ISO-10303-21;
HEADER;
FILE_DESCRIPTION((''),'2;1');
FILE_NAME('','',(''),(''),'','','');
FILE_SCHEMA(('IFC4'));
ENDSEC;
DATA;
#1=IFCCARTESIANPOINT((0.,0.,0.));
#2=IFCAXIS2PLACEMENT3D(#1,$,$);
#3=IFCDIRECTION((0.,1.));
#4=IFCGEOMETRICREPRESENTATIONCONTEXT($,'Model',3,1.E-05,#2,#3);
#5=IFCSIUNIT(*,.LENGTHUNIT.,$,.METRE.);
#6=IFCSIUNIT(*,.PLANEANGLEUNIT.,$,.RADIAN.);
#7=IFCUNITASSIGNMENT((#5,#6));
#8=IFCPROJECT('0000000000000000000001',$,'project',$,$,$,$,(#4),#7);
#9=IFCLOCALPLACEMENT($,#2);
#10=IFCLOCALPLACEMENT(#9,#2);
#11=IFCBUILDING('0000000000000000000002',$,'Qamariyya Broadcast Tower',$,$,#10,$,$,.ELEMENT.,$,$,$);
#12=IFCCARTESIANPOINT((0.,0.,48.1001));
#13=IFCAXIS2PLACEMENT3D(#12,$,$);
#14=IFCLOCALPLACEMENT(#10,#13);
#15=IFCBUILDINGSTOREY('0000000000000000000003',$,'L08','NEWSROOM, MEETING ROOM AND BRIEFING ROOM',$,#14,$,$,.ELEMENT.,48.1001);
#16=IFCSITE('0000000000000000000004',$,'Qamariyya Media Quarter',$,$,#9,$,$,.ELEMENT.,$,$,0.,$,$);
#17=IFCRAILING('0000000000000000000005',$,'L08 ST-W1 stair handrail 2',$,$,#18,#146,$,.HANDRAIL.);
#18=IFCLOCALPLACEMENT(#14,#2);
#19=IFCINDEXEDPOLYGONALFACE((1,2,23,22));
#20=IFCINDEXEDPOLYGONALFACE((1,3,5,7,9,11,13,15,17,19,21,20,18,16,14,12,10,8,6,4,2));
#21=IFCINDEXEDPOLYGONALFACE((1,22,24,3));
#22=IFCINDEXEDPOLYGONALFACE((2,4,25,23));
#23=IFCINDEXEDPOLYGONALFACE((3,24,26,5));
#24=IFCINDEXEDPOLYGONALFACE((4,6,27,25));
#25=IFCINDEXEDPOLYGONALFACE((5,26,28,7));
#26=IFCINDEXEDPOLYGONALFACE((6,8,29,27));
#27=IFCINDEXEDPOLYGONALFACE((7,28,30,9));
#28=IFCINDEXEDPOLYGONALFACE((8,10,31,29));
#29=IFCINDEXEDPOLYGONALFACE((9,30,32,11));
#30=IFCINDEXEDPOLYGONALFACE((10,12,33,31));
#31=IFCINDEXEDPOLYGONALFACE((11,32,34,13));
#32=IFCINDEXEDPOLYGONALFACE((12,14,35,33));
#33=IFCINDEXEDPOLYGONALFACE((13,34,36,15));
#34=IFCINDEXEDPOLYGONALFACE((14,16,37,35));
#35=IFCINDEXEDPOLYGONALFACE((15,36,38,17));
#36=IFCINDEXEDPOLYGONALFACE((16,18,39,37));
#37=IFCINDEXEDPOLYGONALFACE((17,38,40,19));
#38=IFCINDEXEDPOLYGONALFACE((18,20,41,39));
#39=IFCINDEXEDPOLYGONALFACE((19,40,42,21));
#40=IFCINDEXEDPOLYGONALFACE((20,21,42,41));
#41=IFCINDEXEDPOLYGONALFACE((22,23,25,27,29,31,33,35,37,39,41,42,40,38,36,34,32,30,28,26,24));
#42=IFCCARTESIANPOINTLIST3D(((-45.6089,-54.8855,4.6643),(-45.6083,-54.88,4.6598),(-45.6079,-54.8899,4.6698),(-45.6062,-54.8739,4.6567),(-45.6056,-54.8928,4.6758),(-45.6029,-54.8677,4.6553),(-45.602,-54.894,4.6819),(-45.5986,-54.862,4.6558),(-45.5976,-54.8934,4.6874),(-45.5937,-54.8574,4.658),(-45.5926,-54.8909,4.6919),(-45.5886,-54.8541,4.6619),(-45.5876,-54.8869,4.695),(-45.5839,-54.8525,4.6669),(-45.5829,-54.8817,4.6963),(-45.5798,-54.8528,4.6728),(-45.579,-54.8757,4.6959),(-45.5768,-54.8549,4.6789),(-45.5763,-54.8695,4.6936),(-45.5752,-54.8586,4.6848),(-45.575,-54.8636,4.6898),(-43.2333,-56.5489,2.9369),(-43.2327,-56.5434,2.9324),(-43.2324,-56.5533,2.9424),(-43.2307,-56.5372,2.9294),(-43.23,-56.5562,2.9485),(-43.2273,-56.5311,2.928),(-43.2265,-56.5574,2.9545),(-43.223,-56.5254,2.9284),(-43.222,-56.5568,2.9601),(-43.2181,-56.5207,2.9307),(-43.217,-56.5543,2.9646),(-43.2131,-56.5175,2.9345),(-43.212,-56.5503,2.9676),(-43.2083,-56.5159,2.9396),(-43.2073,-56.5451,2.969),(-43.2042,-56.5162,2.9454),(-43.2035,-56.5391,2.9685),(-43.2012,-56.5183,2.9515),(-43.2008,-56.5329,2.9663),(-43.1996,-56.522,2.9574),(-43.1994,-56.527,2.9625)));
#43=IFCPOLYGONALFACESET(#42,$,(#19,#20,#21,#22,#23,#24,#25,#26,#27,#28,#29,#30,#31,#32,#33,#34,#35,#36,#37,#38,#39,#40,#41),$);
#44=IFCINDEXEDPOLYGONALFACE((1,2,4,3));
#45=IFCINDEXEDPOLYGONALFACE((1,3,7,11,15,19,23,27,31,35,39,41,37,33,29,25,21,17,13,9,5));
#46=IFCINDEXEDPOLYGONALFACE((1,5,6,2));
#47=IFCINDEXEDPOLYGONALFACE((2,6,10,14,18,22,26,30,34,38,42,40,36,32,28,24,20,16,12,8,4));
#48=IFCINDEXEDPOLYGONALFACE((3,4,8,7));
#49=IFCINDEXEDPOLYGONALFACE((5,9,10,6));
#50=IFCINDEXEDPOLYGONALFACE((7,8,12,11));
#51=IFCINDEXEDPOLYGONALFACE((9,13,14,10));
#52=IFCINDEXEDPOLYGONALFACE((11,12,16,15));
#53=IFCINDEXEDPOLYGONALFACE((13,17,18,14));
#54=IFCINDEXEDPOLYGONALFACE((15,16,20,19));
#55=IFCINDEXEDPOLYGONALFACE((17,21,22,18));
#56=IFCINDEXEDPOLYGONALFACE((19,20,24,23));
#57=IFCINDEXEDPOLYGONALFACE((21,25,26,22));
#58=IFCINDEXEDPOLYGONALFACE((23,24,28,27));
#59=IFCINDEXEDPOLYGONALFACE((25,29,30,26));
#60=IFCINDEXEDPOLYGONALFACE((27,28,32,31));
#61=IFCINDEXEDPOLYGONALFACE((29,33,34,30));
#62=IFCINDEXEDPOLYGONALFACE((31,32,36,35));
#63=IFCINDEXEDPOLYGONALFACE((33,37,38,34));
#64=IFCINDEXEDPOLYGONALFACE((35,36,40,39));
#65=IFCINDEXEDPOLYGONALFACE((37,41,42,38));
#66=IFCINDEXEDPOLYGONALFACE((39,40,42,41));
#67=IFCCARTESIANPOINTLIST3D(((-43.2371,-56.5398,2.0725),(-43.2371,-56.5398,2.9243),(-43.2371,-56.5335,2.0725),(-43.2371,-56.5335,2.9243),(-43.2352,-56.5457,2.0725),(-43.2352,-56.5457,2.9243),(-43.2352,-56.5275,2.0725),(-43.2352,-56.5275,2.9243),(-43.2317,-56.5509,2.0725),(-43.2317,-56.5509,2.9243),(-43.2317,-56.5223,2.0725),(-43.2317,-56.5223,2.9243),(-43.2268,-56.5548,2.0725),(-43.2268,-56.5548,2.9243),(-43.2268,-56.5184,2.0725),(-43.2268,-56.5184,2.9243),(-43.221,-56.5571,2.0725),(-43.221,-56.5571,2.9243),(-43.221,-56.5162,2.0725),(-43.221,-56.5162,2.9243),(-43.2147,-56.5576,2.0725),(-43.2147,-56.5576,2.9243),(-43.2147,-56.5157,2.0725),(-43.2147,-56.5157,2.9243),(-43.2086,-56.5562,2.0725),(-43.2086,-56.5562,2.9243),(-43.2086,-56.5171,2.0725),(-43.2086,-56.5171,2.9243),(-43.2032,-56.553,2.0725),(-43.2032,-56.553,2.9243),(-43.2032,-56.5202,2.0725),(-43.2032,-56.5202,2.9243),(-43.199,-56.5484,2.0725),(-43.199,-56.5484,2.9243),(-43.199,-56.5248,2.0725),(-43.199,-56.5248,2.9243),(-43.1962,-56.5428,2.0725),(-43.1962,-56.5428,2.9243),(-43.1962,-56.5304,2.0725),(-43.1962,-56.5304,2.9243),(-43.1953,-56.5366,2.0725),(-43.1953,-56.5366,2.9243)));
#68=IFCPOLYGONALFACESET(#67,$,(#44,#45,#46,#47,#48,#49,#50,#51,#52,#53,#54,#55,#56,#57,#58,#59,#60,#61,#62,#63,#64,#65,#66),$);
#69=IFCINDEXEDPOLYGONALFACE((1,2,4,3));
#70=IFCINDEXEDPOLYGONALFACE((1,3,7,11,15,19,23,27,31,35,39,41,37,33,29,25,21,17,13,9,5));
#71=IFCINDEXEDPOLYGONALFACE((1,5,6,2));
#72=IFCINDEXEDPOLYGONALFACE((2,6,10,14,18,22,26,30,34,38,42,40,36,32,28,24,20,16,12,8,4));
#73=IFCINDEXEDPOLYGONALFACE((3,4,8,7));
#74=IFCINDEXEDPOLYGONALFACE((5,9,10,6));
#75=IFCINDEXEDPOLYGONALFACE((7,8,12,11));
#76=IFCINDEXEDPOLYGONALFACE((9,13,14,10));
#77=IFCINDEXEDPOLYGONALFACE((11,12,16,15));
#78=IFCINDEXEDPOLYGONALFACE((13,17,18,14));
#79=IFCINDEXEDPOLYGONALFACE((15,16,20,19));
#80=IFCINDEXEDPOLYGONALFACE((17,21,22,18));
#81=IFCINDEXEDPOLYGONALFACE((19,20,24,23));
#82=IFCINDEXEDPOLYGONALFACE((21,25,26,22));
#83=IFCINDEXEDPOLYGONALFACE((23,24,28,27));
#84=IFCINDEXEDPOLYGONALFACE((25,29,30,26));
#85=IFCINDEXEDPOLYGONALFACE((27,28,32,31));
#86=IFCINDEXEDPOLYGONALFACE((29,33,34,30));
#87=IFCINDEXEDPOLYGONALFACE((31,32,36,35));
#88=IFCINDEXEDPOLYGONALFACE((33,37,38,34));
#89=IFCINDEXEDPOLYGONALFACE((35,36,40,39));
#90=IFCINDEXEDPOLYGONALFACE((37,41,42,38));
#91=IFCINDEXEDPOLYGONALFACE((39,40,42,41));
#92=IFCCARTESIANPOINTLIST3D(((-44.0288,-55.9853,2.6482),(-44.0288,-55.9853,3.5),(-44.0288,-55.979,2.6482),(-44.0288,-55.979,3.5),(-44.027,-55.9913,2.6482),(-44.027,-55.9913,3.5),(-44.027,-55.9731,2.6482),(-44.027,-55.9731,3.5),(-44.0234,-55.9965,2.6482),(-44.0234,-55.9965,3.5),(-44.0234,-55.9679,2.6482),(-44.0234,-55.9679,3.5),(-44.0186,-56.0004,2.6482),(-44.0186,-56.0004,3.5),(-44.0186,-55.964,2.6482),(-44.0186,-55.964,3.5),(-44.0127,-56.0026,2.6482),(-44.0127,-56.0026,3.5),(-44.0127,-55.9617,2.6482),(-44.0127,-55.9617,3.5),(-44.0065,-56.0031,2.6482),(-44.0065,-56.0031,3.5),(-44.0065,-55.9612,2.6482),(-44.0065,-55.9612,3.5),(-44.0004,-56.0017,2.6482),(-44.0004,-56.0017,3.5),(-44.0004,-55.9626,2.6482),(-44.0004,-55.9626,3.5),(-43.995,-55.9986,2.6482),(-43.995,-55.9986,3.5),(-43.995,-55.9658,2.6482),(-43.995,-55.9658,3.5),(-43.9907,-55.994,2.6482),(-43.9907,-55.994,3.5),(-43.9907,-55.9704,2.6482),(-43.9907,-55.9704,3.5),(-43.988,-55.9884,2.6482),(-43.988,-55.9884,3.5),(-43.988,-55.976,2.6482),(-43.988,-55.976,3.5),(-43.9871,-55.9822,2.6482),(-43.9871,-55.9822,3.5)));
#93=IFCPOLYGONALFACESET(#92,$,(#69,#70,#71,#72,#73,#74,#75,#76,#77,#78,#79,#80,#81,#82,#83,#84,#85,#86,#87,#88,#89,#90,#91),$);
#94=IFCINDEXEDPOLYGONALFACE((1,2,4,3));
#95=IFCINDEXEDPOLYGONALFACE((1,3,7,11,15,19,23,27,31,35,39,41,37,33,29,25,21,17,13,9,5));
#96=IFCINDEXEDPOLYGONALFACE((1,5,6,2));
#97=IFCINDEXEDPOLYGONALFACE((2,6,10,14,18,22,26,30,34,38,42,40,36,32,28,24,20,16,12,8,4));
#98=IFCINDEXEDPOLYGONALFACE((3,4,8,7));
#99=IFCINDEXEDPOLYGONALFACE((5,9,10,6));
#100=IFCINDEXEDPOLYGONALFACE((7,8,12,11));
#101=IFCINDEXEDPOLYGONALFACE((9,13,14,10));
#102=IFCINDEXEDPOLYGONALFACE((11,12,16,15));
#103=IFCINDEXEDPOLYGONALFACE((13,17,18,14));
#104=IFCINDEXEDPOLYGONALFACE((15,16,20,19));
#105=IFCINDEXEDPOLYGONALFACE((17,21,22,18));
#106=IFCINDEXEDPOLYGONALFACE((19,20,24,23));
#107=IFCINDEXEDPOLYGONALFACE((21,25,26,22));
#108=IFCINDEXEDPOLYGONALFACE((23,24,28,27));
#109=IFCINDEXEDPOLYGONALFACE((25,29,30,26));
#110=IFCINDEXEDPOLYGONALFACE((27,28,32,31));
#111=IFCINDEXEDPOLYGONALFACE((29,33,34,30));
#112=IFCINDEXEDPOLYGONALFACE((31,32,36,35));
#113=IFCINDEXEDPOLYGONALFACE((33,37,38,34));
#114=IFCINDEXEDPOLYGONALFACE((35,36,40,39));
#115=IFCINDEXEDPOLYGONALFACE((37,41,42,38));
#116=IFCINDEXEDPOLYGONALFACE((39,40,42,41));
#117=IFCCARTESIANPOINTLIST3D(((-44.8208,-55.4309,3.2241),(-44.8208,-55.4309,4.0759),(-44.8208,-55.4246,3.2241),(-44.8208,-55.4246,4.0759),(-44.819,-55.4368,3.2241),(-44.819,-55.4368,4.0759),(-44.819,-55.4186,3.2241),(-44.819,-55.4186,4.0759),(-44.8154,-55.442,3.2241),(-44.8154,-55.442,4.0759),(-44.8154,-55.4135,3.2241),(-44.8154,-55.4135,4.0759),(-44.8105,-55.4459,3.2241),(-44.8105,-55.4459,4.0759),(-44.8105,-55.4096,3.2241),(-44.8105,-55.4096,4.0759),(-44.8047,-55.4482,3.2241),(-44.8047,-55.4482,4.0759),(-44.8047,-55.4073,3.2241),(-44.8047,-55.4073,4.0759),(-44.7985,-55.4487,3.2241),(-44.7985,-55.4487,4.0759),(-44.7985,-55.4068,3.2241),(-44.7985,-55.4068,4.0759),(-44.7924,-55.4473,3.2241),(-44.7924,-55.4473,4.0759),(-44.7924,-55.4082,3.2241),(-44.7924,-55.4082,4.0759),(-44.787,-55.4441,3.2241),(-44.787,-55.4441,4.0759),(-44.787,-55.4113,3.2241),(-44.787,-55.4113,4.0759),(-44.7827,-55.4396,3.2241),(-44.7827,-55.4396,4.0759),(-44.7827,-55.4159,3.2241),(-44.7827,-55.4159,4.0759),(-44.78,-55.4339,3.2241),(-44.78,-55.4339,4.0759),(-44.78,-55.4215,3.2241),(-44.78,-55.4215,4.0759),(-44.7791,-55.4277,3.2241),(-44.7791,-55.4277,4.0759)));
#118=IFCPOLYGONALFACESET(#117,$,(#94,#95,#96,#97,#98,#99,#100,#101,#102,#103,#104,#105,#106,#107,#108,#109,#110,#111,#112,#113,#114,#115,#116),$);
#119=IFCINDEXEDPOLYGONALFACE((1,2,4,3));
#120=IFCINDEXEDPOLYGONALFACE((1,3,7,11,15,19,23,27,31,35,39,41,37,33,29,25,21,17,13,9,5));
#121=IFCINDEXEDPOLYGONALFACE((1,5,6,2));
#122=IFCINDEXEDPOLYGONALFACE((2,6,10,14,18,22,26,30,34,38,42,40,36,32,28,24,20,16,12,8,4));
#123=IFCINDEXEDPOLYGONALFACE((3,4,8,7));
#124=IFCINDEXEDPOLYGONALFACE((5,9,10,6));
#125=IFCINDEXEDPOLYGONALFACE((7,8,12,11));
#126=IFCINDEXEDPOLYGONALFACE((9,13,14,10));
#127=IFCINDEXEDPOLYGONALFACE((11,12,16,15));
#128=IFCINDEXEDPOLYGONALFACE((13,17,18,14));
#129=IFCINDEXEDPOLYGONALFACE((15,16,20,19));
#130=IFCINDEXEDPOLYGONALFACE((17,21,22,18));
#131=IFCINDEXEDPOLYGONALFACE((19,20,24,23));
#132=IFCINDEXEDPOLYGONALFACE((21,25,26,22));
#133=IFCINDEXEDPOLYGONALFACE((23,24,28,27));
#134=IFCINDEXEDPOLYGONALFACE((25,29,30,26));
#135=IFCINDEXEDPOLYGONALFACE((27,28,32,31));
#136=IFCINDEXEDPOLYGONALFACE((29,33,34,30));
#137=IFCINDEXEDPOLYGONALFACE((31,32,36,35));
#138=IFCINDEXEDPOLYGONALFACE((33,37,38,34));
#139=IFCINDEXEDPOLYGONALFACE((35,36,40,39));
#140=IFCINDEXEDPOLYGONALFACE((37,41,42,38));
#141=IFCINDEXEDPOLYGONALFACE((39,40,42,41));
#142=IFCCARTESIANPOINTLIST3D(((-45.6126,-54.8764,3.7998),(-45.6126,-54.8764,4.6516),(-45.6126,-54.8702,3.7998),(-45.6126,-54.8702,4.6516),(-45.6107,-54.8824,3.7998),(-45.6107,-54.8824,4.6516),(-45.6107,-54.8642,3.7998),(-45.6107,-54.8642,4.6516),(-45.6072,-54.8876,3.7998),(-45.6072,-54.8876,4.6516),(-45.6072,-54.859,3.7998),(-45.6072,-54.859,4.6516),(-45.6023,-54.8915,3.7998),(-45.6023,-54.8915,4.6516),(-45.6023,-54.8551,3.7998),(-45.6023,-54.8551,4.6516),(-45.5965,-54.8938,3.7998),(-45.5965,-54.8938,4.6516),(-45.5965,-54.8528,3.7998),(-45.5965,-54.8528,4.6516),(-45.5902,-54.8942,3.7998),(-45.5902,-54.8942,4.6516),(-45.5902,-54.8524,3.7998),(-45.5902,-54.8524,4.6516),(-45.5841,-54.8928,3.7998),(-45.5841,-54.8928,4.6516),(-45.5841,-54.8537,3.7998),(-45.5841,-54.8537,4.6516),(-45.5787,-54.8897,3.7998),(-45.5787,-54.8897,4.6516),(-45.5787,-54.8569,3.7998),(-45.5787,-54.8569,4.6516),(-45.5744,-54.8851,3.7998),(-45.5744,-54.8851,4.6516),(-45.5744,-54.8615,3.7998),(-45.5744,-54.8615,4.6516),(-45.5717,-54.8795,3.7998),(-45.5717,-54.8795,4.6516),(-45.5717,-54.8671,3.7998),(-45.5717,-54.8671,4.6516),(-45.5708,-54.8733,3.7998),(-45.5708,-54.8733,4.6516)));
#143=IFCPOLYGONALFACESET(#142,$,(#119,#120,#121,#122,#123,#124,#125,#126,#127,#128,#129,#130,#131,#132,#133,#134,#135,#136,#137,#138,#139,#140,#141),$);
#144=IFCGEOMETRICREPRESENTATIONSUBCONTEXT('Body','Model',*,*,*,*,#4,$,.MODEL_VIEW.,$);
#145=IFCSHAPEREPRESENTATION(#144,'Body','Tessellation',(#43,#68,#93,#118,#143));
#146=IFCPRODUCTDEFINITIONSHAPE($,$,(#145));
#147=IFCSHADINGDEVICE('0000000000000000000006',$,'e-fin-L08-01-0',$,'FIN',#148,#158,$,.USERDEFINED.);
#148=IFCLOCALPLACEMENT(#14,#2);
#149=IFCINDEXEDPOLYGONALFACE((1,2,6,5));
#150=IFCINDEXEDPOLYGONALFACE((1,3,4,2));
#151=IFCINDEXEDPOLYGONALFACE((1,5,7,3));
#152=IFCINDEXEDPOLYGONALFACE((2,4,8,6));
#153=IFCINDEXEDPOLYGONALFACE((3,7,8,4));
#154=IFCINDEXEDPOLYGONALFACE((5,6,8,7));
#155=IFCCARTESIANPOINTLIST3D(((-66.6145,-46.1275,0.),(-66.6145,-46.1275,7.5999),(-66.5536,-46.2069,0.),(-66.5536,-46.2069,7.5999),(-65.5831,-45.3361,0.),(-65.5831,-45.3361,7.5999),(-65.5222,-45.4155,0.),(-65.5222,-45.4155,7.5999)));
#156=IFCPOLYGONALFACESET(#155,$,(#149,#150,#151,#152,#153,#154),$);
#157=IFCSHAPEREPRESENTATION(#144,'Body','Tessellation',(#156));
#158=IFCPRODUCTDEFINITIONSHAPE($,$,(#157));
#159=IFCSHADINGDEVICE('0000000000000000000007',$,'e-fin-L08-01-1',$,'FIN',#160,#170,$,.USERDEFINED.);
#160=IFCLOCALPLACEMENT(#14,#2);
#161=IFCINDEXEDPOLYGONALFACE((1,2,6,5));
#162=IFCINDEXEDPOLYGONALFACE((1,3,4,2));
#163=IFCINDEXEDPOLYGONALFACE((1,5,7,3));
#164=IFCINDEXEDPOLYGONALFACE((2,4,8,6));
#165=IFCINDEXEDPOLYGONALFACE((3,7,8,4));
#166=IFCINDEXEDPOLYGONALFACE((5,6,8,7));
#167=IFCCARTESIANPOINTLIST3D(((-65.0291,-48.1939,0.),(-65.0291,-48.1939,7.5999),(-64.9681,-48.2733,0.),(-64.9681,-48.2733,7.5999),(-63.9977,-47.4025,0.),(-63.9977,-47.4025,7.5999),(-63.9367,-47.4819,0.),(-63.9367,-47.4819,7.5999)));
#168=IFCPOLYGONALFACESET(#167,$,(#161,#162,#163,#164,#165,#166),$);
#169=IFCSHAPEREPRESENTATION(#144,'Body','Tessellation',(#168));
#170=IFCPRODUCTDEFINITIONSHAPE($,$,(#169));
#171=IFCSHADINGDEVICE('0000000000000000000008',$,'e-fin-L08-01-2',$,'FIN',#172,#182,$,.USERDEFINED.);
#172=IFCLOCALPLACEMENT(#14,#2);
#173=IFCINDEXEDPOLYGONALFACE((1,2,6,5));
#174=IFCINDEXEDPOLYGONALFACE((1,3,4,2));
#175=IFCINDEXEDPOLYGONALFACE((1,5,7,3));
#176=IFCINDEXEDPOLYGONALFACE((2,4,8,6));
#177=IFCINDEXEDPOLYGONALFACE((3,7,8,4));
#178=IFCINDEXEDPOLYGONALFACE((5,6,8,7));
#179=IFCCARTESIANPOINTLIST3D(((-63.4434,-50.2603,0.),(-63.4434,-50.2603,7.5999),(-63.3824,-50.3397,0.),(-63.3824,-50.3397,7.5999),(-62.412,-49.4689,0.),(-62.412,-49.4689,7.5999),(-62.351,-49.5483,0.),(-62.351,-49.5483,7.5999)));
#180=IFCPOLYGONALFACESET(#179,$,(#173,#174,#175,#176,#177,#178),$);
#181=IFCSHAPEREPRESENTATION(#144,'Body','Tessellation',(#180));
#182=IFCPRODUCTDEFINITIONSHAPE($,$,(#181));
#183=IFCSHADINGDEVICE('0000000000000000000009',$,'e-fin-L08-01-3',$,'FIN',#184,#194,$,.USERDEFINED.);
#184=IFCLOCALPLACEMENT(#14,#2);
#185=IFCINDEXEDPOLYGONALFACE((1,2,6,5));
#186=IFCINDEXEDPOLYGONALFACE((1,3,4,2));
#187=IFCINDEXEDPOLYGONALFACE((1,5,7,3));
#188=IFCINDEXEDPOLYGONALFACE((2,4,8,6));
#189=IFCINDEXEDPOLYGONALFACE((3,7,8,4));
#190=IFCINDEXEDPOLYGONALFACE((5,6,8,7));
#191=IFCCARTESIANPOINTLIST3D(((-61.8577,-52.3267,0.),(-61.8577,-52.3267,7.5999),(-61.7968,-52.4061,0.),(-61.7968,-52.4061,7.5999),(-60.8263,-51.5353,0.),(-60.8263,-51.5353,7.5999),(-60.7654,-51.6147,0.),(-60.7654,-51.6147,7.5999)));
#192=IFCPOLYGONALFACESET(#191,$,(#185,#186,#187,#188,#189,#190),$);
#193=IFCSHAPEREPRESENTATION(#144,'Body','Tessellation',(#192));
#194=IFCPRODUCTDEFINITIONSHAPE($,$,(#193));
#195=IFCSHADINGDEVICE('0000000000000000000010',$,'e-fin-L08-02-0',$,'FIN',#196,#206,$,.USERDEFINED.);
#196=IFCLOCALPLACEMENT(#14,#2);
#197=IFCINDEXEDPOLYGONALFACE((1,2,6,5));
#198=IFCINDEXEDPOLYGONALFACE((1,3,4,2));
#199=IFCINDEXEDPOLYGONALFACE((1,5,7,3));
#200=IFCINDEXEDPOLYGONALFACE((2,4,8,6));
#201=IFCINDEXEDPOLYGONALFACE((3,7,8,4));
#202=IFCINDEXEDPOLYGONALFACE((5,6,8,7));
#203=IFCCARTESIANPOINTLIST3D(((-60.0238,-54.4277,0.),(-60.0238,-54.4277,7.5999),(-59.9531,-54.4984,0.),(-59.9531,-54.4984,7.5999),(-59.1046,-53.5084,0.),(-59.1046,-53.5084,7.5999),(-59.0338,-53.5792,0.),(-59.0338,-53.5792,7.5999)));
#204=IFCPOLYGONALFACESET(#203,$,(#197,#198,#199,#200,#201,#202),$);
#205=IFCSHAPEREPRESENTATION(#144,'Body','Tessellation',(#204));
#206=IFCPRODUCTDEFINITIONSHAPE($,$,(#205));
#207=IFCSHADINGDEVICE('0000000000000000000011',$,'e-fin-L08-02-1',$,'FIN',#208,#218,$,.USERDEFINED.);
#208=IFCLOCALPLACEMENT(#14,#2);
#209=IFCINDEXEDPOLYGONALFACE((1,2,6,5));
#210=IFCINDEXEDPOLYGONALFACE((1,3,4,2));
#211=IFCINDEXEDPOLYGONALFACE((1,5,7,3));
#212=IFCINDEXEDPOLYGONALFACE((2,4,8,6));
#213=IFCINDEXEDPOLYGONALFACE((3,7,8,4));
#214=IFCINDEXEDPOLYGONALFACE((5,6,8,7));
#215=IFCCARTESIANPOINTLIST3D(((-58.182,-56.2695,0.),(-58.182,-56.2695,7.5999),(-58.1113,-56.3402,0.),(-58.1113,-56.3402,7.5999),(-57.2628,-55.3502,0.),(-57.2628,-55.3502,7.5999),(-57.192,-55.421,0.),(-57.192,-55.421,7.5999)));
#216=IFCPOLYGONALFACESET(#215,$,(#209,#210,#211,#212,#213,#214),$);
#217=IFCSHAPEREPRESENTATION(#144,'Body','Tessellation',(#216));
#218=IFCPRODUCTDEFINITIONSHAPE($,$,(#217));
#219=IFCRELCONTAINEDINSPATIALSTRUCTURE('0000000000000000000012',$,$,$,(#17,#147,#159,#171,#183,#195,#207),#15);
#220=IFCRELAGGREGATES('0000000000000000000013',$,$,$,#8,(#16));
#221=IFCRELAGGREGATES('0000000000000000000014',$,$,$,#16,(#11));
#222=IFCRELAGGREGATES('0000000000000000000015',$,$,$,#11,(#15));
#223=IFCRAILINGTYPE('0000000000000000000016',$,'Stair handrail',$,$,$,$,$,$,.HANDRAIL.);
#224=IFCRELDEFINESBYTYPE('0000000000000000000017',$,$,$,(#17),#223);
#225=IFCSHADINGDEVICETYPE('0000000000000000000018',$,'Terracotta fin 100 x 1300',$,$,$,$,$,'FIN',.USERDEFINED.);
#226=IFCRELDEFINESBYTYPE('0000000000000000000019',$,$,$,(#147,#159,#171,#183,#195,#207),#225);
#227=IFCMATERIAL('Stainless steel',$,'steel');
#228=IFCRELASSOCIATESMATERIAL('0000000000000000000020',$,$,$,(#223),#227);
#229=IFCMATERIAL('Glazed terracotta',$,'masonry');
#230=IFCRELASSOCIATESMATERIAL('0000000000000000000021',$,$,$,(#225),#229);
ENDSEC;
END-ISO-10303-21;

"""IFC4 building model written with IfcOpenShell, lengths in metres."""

from ifc_helpers import new_model, si_unit, direction, frame, origin, origin_2d, place, context, subcontext, project, spatial, rectangle, circle, extrude, material, material_profile, profile_set, type_object, element, save


model = new_model("IFC4")

# Units and contexts
model_context = context("Model", 3, precision=1e-05, world=origin(), true_north=direction((0.0, 1.0)))
body_context = subcontext(model_context, "Body", "Model", "MODEL_VIEW")
ifc_project = project(units=[si_unit("LENGTHUNIT", "METRE"), si_unit("PLANEANGLEUNIT", "RADIAN")], contexts=[model_context])

# Site, building, storey
site_placement = place(None, origin())
site = spatial("IfcSite", under=ifc_project, at=site_placement, Name="Qamariyya Media Quarter", CompositionType="ELEMENT", RefElevation=0.0)
building_placement = place(site_placement, origin())
building = spatial("IfcBuilding", under=site, at=building_placement, Name="Qamariyya Broadcast Tower", CompositionType="ELEMENT")
storey_placement = place(building_placement, frame((0.0, 0.0, 48.1001)))
storey = spatial("IfcBuildingStorey", under=building, at=storey_placement, Name="L08", Description="NEWSROOM, MEETING ROOM AND BRIEFING ROOM", CompositionType="ELEMENT", Elevation=48.1001)

# Railing
ifc_material_1 = material(Name="Stainless steel", Category="steel")
railing_type_1 = type_object("IfcRailingType", Name="Stair handrail", PredefinedType="HANDRAIL", material=ifc_material_1)
railing_1_placement = place(storey_placement, frame((-43.2163, -56.5366, 2.0725)))
element("IfcRailing", 1, at=railing_1_placement, inside=storey, type_object=railing_type_1, Name="L08 ST-W1 stair handrail 2", PredefinedType="HANDRAIL", context=body_context, shape_type="SweptSolid", body=[
    extrude(circle(Radius=0.0239, at=origin_2d()), frame((0.0, 0.0, 0.876), z_axis=(-0.70377, 0.492784, 0.511734), x_axis=(-0.573575, -0.819153, 0.0)), (0.0, 0.0, 1.0), 3.3755),
    extrude(circle(Radius=0.021, at=origin_2d()), origin(), (0.0, 0.0, 1.0), 0.8518),
    extrude(circle(Radius=0.021, at=origin_2d()), frame((-0.7917, 0.5544, 0.5757)), (0.0, 0.0, 1.0), 0.8518),
    extrude(circle(Radius=0.021, at=origin_2d()), frame((-1.5837, 1.1089, 1.1516)), (0.0, 0.0, 1.0), 0.8518),
    extrude(circle(Radius=0.021, at=origin_2d()), frame((-2.3755, 1.6633, 1.7273)), (0.0, 0.0, 1.0), 0.8518),
])

# Shading devices
ifc_material_2 = material(Name="Glazed terracotta", Category="masonry")
ifc_material_profile_1 = material_profile(ifc_material_2, rectangle(XDim=1.3, YDim=0.1001, at=origin_2d()))
ifc_profile_set_1 = profile_set([ifc_material_profile_1], Name="Glazed terracotta")
shading_device_type_1 = type_object("IfcShadingDeviceType", Name="Terracotta fin 100 x 1300", ElementType="FIN", PredefinedType="USERDEFINED", material=ifc_profile_set_1)
for number, where, z_axis, x_axis, name in (
    (2, (-66.0684, -45.7715, 0.0), (0.0, 0.0, 1.0), (-0.793353, -0.608761, 0.0), "e-fin-L08-01-0"),
    (3, (-64.4829, -47.8379, 0.0), (0.0, 0.0, 1.0), (-0.793353, -0.608761, 0.0), "e-fin-L08-01-1"),
    (4, (-62.8972, -49.9043, 0.0), (0.0, 0.0, 1.0), (-0.793353, -0.608761, 0.0), "e-fin-L08-01-2"),
    (5, (-61.3115, -51.9707, 0.0), (0.0, 0.0, 1.0), (-0.793353, -0.608761, 0.0), "e-fin-L08-01-3"),
    (6, (-59.5288, -54.0034, 0.0), (0.0, 0.0, 1.0), (-0.707107, -0.707107, 0.0), "e-fin-L08-02-0"),
    (7, (-57.687, -55.8452, 0.0), (0.0, 0.0, 1.0), (-0.707107, -0.707107, 0.0), "e-fin-L08-02-1"),
):
    element("IfcShadingDevice", number, at=place(storey_placement, frame(where, z_axis=z_axis, x_axis=x_axis)), inside=storey, type_object=shading_device_type_1, Name=name, ObjectType="FIN", PredefinedType="USERDEFINED", context=body_context, shape_type="SweptSolid", body=[
        extrude(rectangle(XDim=1.3, YDim=0.1001, at=origin_2d()), origin(), (0.0, 0.0, 1.0), 7.5999),
    ])

save(model, "model.ifc")
